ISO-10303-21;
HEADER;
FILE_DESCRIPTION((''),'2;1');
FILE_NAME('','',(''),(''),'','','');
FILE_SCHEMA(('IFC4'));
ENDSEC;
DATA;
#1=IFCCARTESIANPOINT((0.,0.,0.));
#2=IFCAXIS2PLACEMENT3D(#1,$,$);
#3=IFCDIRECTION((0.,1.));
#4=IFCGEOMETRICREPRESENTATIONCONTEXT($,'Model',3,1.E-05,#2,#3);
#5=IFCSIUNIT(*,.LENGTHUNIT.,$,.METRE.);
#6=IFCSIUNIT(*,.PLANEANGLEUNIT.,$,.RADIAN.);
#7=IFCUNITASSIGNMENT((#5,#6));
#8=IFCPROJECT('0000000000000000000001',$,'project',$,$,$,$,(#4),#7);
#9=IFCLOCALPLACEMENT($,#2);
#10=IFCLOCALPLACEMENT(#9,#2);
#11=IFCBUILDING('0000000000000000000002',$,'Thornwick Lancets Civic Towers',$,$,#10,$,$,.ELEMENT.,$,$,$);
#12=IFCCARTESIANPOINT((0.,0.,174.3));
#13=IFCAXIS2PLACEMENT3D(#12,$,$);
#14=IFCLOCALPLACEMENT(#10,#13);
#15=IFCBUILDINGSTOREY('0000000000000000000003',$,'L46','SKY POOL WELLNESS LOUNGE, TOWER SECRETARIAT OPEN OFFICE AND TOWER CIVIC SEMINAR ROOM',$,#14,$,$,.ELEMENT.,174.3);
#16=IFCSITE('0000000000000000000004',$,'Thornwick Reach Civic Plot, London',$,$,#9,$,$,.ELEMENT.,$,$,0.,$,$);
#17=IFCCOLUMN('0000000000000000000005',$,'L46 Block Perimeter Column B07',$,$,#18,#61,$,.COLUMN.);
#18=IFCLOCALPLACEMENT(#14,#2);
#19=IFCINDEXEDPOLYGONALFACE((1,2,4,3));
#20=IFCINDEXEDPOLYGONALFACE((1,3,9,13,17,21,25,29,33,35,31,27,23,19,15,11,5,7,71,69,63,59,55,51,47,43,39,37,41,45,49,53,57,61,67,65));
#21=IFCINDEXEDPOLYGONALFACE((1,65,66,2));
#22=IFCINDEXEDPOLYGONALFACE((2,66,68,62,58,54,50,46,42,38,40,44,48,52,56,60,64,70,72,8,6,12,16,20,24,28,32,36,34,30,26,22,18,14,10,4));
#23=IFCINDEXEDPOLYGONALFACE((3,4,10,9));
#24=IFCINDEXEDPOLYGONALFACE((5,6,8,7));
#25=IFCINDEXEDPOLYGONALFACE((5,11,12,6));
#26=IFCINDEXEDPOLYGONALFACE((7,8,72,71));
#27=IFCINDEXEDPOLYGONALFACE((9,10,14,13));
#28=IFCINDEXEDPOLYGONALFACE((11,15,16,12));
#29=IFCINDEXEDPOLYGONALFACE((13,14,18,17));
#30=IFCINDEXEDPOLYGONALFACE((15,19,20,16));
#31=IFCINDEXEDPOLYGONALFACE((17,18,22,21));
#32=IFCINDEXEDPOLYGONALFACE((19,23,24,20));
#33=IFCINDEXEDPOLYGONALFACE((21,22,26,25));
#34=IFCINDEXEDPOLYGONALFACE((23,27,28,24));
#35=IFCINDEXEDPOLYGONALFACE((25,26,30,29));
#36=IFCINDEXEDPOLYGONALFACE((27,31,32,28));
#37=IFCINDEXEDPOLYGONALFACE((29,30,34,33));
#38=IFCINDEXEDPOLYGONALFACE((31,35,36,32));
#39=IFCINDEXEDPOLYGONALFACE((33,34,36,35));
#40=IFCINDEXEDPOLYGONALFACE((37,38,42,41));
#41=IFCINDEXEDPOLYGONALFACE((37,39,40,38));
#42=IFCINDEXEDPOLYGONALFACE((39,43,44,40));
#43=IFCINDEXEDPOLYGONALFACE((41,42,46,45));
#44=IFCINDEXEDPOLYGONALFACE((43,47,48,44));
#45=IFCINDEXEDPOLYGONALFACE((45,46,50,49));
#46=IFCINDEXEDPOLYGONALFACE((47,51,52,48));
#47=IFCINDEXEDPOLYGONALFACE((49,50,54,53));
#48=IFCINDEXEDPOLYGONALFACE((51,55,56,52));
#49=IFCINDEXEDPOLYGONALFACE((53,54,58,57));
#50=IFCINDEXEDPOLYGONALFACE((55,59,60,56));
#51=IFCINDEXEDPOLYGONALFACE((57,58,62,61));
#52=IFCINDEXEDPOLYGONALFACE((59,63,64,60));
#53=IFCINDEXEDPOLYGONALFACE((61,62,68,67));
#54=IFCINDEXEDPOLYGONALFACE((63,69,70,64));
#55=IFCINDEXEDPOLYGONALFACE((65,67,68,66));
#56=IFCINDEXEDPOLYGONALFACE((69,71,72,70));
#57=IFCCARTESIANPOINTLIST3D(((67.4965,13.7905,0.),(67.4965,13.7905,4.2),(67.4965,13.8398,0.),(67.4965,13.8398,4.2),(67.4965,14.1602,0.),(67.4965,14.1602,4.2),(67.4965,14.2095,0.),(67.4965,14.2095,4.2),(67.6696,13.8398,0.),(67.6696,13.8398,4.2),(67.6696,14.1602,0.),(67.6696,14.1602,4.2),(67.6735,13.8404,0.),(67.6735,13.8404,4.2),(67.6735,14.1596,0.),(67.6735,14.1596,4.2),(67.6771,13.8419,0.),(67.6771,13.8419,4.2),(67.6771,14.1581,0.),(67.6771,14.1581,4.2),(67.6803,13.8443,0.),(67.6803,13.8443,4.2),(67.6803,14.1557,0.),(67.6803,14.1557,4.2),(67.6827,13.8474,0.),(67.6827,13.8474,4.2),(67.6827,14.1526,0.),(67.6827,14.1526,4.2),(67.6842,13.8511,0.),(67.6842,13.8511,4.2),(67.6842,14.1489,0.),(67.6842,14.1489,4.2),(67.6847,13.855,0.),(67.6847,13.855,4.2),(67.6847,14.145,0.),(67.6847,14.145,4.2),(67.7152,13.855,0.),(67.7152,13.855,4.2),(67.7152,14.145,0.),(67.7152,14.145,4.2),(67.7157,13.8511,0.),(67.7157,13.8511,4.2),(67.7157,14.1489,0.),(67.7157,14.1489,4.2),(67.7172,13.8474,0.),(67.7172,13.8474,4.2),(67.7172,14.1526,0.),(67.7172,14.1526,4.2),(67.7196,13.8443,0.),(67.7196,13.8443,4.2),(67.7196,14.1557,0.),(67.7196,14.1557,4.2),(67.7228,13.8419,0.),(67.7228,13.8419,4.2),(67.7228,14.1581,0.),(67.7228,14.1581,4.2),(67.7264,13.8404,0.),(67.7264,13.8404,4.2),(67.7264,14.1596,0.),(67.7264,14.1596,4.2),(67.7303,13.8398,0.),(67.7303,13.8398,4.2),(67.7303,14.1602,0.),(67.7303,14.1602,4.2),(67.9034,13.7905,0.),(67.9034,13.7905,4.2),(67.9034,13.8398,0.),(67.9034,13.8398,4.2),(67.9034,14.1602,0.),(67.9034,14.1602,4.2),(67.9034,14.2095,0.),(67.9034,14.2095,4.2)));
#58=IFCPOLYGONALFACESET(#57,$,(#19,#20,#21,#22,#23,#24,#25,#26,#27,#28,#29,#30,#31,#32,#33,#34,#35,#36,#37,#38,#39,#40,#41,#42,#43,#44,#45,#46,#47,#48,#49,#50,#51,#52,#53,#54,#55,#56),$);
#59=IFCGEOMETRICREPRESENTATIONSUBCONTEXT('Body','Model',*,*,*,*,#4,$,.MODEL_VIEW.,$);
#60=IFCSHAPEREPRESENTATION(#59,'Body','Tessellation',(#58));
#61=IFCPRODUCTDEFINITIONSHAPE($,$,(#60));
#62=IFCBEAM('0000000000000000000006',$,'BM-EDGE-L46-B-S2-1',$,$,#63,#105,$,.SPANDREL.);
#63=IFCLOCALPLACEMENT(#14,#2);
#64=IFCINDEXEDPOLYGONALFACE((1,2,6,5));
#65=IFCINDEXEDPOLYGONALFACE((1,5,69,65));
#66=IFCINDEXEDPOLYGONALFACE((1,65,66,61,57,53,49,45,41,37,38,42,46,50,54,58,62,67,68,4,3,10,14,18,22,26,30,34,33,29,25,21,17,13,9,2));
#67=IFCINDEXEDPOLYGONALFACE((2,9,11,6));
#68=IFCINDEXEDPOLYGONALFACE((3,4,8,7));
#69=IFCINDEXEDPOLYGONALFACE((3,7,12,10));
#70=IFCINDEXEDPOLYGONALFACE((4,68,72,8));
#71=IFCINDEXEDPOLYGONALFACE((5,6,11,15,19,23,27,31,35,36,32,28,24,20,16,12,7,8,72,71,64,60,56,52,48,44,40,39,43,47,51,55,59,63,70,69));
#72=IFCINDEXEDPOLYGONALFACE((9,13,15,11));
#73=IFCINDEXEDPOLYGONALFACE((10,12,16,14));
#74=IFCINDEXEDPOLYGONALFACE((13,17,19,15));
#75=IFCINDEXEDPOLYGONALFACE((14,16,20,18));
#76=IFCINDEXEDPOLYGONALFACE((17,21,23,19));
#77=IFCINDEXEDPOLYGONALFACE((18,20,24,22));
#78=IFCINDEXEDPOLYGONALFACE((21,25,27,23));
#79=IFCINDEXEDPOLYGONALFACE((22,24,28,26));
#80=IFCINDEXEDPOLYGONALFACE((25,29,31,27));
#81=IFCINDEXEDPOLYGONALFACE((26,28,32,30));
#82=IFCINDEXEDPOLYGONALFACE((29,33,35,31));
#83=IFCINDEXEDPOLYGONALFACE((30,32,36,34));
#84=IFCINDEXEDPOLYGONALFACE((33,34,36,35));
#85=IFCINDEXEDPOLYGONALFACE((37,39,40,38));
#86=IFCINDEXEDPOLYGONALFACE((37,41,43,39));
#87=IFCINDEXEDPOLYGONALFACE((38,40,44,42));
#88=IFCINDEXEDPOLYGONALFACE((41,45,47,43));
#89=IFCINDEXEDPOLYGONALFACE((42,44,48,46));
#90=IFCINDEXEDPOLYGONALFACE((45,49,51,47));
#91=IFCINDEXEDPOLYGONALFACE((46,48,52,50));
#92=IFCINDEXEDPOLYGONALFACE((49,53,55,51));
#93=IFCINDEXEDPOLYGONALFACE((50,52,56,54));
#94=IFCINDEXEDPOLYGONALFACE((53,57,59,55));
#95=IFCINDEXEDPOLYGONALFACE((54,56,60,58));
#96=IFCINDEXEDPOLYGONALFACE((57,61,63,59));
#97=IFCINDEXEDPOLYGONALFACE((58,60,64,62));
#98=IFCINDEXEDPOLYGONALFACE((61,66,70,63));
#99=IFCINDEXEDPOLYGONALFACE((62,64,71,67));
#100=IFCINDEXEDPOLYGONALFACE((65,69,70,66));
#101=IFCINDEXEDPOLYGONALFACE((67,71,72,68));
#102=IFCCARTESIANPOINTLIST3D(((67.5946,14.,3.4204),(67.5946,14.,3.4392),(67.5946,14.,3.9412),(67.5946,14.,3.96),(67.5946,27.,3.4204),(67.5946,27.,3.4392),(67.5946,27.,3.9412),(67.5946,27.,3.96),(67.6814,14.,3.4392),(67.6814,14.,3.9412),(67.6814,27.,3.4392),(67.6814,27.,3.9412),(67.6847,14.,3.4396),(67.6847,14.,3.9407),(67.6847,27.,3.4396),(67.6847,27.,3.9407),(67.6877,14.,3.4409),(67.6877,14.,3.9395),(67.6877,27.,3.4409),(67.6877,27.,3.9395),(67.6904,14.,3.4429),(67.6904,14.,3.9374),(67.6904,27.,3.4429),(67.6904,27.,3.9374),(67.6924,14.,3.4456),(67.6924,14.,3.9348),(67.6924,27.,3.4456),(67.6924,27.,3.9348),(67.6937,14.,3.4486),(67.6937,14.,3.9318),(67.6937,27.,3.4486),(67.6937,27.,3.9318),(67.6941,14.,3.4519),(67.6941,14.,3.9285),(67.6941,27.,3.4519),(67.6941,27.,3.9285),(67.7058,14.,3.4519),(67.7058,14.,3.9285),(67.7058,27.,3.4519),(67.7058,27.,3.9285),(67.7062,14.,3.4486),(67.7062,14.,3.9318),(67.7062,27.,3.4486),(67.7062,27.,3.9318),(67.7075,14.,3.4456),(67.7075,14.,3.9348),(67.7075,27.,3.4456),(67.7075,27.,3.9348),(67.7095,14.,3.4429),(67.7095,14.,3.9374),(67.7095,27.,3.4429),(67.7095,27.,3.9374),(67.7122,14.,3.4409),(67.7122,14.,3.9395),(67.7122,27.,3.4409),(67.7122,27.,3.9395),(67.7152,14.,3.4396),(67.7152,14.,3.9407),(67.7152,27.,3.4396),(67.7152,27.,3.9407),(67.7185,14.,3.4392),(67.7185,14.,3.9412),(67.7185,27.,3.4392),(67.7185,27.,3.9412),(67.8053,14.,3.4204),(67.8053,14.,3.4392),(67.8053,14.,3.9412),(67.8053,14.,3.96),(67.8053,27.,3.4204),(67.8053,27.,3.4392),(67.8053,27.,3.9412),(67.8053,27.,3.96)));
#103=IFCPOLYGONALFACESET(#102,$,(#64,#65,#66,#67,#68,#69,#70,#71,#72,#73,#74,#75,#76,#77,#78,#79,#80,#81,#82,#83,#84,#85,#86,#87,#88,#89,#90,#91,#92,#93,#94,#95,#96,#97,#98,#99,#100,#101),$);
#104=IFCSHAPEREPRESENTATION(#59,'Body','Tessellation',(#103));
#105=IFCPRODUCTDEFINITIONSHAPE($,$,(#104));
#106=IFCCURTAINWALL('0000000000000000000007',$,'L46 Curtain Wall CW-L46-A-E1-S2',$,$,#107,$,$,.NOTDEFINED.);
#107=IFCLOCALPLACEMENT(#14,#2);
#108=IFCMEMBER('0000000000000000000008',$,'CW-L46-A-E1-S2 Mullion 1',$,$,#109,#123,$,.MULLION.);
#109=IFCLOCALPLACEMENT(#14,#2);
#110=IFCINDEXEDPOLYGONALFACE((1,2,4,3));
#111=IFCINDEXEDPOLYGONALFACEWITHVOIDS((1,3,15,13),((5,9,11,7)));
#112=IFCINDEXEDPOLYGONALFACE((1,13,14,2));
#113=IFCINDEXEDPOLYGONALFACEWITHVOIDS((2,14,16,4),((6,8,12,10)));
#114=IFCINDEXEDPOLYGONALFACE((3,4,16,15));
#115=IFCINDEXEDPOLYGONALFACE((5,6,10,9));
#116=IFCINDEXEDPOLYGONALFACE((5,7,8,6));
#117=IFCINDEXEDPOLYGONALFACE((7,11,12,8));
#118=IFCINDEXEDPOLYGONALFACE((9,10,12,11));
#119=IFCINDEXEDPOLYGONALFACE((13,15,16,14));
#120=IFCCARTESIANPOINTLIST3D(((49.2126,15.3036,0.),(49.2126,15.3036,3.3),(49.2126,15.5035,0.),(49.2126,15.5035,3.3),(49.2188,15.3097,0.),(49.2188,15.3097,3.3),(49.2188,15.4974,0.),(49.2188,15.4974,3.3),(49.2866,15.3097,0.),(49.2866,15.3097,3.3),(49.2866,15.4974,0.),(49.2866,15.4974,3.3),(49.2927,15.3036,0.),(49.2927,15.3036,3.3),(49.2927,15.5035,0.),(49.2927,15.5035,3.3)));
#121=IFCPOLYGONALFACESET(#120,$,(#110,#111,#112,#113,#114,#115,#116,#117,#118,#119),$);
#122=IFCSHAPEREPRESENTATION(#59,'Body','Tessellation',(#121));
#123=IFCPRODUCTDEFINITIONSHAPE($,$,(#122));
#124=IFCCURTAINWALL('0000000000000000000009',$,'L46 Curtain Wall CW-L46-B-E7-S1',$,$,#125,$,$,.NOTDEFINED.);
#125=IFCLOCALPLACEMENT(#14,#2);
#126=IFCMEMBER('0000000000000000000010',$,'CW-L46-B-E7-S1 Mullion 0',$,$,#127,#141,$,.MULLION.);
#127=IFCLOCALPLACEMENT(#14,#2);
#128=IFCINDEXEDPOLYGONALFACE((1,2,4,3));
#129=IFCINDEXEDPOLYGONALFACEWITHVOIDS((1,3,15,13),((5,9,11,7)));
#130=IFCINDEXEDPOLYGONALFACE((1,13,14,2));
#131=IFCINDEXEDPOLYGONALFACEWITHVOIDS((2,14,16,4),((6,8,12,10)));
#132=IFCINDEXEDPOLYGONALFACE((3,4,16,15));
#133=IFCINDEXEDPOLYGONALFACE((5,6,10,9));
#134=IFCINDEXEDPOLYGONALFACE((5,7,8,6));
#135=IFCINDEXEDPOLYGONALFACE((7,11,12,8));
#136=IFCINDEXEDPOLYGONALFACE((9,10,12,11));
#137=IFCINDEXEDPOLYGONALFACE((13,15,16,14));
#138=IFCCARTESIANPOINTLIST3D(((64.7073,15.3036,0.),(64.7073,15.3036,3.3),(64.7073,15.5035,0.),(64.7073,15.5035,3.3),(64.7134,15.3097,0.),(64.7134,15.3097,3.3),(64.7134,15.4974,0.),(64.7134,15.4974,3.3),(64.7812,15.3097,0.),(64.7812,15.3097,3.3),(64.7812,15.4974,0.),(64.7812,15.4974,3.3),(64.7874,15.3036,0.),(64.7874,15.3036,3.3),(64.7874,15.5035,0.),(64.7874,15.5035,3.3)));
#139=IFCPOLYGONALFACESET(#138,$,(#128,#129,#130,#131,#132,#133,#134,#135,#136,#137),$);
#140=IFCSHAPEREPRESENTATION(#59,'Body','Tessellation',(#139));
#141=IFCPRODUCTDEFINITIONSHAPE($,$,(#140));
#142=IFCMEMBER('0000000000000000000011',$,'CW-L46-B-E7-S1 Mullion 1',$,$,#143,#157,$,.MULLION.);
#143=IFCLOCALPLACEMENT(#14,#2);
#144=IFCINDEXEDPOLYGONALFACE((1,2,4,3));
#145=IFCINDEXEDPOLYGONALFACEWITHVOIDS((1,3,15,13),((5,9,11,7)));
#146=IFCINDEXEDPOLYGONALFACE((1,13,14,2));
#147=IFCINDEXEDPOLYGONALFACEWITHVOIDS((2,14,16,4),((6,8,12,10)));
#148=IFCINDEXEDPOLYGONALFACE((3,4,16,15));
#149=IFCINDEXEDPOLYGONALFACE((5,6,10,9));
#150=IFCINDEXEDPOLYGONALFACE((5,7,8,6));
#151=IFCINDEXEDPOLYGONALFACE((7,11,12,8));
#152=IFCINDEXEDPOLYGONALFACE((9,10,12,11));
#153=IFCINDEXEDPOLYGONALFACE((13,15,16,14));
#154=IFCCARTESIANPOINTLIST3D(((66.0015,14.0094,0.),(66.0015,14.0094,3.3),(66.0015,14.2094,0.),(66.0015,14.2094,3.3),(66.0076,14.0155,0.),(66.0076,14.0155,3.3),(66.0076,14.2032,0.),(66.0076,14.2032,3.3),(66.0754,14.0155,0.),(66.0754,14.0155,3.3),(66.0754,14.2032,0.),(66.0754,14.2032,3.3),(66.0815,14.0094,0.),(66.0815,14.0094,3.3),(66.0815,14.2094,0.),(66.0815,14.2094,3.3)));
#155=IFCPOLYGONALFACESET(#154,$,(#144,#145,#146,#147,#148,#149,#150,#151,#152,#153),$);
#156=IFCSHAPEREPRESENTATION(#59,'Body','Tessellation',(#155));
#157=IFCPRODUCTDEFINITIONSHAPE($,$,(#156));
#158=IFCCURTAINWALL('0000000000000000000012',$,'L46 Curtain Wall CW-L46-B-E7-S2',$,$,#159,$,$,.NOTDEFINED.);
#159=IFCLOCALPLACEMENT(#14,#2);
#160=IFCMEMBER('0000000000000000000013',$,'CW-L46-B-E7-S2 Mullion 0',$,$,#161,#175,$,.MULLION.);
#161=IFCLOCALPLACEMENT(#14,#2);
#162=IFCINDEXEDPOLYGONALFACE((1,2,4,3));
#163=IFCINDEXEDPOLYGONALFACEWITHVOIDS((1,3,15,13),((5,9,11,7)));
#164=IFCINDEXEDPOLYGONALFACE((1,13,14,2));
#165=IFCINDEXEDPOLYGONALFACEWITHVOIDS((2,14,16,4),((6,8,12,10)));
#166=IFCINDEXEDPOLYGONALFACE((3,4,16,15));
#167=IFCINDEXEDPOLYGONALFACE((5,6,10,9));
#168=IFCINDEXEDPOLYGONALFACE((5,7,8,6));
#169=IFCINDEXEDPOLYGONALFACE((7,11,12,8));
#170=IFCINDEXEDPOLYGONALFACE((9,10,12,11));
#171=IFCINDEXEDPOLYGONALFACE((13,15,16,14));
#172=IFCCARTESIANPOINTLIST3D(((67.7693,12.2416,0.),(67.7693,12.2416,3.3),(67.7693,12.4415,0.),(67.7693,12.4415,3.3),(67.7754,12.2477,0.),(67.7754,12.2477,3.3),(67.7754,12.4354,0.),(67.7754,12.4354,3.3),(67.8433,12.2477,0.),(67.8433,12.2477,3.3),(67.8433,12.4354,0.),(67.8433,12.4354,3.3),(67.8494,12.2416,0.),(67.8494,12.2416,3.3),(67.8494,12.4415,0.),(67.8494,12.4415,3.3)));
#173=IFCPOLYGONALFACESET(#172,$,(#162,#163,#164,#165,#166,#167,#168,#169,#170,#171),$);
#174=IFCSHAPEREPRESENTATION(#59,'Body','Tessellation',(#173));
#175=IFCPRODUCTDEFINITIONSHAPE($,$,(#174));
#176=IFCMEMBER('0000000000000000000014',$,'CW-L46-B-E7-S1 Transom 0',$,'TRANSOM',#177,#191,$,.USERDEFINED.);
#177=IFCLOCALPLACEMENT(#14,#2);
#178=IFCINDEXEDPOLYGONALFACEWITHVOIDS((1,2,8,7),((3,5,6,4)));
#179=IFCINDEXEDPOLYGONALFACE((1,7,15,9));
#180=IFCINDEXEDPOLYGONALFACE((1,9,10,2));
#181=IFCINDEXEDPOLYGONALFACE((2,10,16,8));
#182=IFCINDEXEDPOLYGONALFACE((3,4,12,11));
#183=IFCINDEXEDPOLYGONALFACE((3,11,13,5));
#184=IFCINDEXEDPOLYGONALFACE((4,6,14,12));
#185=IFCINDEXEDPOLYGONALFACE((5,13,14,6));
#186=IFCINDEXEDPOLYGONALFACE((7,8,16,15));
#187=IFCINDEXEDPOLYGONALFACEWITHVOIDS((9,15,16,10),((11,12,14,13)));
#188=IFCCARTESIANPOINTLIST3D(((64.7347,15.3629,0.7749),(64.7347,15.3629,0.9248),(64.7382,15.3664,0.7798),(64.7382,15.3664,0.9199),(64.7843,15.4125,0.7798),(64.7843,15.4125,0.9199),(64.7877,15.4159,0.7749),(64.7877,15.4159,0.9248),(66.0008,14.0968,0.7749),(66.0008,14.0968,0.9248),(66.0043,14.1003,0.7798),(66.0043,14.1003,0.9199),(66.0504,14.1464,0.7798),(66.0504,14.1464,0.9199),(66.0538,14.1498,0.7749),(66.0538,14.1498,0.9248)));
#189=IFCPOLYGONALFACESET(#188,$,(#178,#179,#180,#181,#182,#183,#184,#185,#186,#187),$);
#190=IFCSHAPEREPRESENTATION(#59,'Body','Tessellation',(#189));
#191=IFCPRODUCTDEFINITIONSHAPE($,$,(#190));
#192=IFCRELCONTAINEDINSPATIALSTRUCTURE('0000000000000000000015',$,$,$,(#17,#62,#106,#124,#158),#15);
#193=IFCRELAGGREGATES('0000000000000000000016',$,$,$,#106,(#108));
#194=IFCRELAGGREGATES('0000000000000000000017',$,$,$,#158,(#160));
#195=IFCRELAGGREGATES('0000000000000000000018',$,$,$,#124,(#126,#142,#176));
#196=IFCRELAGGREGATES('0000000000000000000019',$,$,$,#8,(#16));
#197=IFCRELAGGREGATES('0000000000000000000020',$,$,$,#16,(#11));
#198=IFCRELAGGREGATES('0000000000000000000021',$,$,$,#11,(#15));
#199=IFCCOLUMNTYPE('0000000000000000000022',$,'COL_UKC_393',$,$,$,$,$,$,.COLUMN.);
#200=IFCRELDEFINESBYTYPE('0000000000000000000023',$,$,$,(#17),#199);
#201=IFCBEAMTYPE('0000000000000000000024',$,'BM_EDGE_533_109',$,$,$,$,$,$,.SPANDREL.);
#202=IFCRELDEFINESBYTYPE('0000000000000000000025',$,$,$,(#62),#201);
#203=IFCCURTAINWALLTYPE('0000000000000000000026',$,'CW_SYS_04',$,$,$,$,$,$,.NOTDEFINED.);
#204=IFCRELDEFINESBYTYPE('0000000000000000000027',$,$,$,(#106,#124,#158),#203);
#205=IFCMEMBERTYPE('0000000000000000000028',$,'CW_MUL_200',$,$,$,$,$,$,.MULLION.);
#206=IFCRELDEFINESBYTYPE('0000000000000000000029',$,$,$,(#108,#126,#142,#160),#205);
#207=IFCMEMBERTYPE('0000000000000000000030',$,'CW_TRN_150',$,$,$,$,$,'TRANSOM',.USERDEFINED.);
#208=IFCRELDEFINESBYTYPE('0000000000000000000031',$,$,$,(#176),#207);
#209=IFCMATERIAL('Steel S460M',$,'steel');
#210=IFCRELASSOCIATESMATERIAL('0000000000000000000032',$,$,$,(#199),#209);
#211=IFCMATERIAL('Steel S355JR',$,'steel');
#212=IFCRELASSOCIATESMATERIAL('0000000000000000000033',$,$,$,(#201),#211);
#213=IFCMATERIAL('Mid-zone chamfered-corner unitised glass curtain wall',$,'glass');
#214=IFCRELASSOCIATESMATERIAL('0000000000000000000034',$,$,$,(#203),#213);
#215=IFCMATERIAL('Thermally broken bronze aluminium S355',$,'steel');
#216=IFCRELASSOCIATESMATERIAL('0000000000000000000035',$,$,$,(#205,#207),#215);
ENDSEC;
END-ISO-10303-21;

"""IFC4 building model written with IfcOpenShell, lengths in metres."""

from ifc_helpers import new_model, si_unit, direction, frame, origin, origin_2d, place, context, subcontext, project, spatial, hollow_rectangle, i_section, extrude, material, material_profile, profile_set, type_object, element, aggregate, save


model = new_model("IFC4")

# Units and contexts
model_context = context("Model", 3, precision=1e-05, world=origin(), true_north=direction((0.0, 1.0)))
body_context = subcontext(model_context, "Body", "Model", "MODEL_VIEW")
ifc_project = project(units=[si_unit("LENGTHUNIT", "METRE"), si_unit("PLANEANGLEUNIT", "RADIAN")], contexts=[model_context])

# Site, building, storey
site_placement = place(None, origin())
site = spatial("IfcSite", under=ifc_project, at=site_placement, Name="Thornwick Reach Civic Plot, London", CompositionType="ELEMENT", RefElevation=0.0)
building_placement = place(site_placement, origin())
building = spatial("IfcBuilding", under=site, at=building_placement, Name="Thornwick Lancets Civic Towers", CompositionType="ELEMENT")
storey_placement = place(building_placement, frame((0.0, 0.0, 174.3)))
storey = spatial("IfcBuildingStorey", under=building, at=storey_placement, Name="L46", Description="SKY POOL WELLNESS LOUNGE, TOWER SECRETARIAT OPEN OFFICE AND TOWER CIVIC SEMINAR ROOM", CompositionType="ELEMENT", Elevation=174.3)

# Column
ifc_material_1 = material(Name="Steel S460M", Category="steel")
ifc_material_profile_1 = material_profile(ifc_material_1, i_section(OverallWidth=0.407, OverallDepth=0.4189, WebThickness=0.0305, FlangeThickness=0.0493, FilletRadius=0.0151, at=origin_2d()), Name="UKC 356x406x393")
ifc_profile_set_1 = profile_set([ifc_material_profile_1], Name="Steel S460M")
column_type = type_object("IfcColumnType", Name="COL_UKC_393", PredefinedType="COLUMN", material=ifc_profile_set_1)
column_placement = place(storey_placement, frame((67.7, 14.0, 0.0), z_axis=(0.0, 0.0, 1.0), x_axis=(1.0, 0.0, 0.0)))
element("IfcColumn", 1, at=column_placement, inside=storey, type_object=column_type, Name="L46 Block Perimeter Column B07", PredefinedType="COLUMN", context=body_context, shape_type="SweptSolid", body=[
    extrude(i_section(OverallWidth=0.407, OverallDepth=0.4189, WebThickness=0.0305, FlangeThickness=0.0493, FilletRadius=0.0151, at=origin_2d()), origin(), (0.0, 0.0, 1.0), 4.2),
])

# Beam
ifc_material_2 = material(Name="Steel S355JR", Category="steel")
ifc_material_profile_2 = material_profile(ifc_material_2, i_section(OverallWidth=0.2107, OverallDepth=0.5396, WebThickness=0.0117, FlangeThickness=0.0188, FilletRadius=0.0127, at=origin_2d()), Name="UKB 533x210x109")
ifc_profile_set_2 = profile_set([ifc_material_profile_2], Name="Steel S355JR")
beam_type = type_object("IfcBeamType", Name="BM_EDGE_533_109", PredefinedType="SPANDREL", material=ifc_profile_set_2)
beam_placement = place(storey_placement, frame((67.7, 14.0, 3.6902), z_axis=(0.0, 1.0, 0.0), x_axis=(-1.0, 0.0, 0.0)))
element("IfcBeam", 2, at=beam_placement, inside=storey, type_object=beam_type, Name="BM-EDGE-L46-B-S2-1", PredefinedType="SPANDREL", context=body_context, shape_type="SweptSolid", body=[
    extrude(i_section(OverallWidth=0.2107, OverallDepth=0.5396, WebThickness=0.0117, FlangeThickness=0.0188, FilletRadius=0.0127, at=origin_2d()), origin(), (0.0, 0.0, 1.0), 13.0),
])

# Curtain wall, member
ifc_material_3 = material(Name="Mid-zone chamfered-corner unitised glass curtain wall", Category="glass")
curtain_wall_type = type_object("IfcCurtainWallType", Name="CW_SYS_04", PredefinedType="NOTDEFINED", material=ifc_material_3)
curtain_wall_1_placement = place(storey_placement, origin())
curtain_wall_1 = element("IfcCurtainWall", 3, at=curtain_wall_1_placement, inside=storey, type_object=curtain_wall_type, Name="L46 Curtain Wall CW-L46-A-E1-S2", PredefinedType="NOTDEFINED")
ifc_material_4 = material(Name="Thermally broken bronze aluminium S355", Category="steel")
ifc_material_profile_3 = material_profile(ifc_material_4, hollow_rectangle(XDim=0.0801, YDim=0.2, WallThickness=0.0061, at=origin_2d()), Name="RHS 200x80x6")
ifc_profile_set_3 = profile_set([ifc_material_profile_3], Name="Thermally broken bronze aluminium S355")
member_type_1 = type_object("IfcMemberType", Name="CW_MUL_200", PredefinedType="MULLION", material=ifc_profile_set_3)
member_1_placement = place(storey_placement, frame((49.2527, 15.4036, 0.0), z_axis=(0.0, 0.0, 1.0), x_axis=(1.0, 0.0, 0.0)))
member_1 = element("IfcMember", 4, at=member_1_placement, type_object=member_type_1, Name="CW-L46-A-E1-S2 Mullion 1", PredefinedType="MULLION", context=body_context, shape_type="SweptSolid", body=[
    extrude(hollow_rectangle(XDim=0.0801, YDim=0.2, WallThickness=0.0061, at=origin_2d()), origin(), (0.0, 0.0, 1.0), 3.3),
])
aggregate(curtain_wall_1, [member_1])

# Curtain wall, members
curtain_wall_2_placement = place(storey_placement, origin())
curtain_wall_2 = element("IfcCurtainWall", 5, at=curtain_wall_2_placement, inside=storey, type_object=curtain_wall_type, Name="L46 Curtain Wall CW-L46-B-E7-S1", PredefinedType="NOTDEFINED")
member_2_placement = place(storey_placement, frame((64.7473, 15.4036, 0.0), z_axis=(0.0, 0.0, 1.0), x_axis=(1.0, 0.0, 0.0)))
member_2 = element("IfcMember", 6, at=member_2_placement, type_object=member_type_1, Name="CW-L46-B-E7-S1 Mullion 0", PredefinedType="MULLION", context=body_context, shape_type="SweptSolid", body=[
    extrude(hollow_rectangle(XDim=0.0801, YDim=0.2, WallThickness=0.0061, at=origin_2d()), origin(), (0.0, 0.0, 1.0), 3.3),
])
member_3_placement = place(storey_placement, frame((66.0415, 14.1094, 0.0), z_axis=(0.0, 0.0, 1.0), x_axis=(1.0, 0.0, 0.0)))
member_3 = element("IfcMember", 7, at=member_3_placement, type_object=member_type_1, Name="CW-L46-B-E7-S1 Mullion 1", PredefinedType="MULLION", context=body_context, shape_type="SweptSolid", body=[
    extrude(hollow_rectangle(XDim=0.0801, YDim=0.2, WallThickness=0.0061, at=origin_2d()), origin(), (0.0, 0.0, 1.0), 3.3),
])

# Curtain wall, member
curtain_wall_3_placement = place(storey_placement, origin())
curtain_wall_3 = element("IfcCurtainWall", 8, at=curtain_wall_3_placement, inside=storey, type_object=curtain_wall_type, Name="L46 Curtain Wall CW-L46-B-E7-S2", PredefinedType="NOTDEFINED")
member_4_placement = place(storey_placement, frame((67.8093, 12.3416, 0.0), z_axis=(0.0, 0.0, 1.0), x_axis=(1.0, 0.0, 0.0)))
member_4 = element("IfcMember", 9, at=member_4_placement, type_object=member_type_1, Name="CW-L46-B-E7-S2 Mullion 0", PredefinedType="MULLION", context=body_context, shape_type="SweptSolid", body=[
    extrude(hollow_rectangle(XDim=0.0801, YDim=0.2, WallThickness=0.0061, at=origin_2d()), origin(), (0.0, 0.0, 1.0), 3.3),
])
aggregate(curtain_wall_3, [member_4])

# Member
ifc_material_profile_4 = material_profile(ifc_material_4, hollow_rectangle(XDim=0.075, YDim=0.1499, WallThickness=0.0049, at=origin_2d()), Name="RHS 150x75x5")
ifc_profile_set_4 = profile_set([ifc_material_profile_4], Name="Thermally broken bronze aluminium S355")
member_type_2 = type_object("IfcMemberType", Name="CW_TRN_150", ElementType="TRANSOM", PredefinedType="USERDEFINED", material=ifc_profile_set_4)
member_5_placement = place(storey_placement, frame((64.7612, 15.3894, 0.8499), z_axis=(0.707107, -0.707107, 0.0), x_axis=(0.707107, 0.707107, 0.0)))
member_5 = element("IfcMember", 10, at=member_5_placement, type_object=member_type_2, Name="CW-L46-B-E7-S1 Transom 0", ObjectType="TRANSOM", PredefinedType="USERDEFINED", context=body_context, shape_type="SweptSolid", body=[
    extrude(hollow_rectangle(XDim=0.075, YDim=0.1499, WallThickness=0.0049, at=origin_2d()), origin(), (0.0, 0.0, 1.0), 1.7905),
])

aggregate(curtain_wall_2, [member_2, member_3, member_5])

save(model, "model.ifc")
